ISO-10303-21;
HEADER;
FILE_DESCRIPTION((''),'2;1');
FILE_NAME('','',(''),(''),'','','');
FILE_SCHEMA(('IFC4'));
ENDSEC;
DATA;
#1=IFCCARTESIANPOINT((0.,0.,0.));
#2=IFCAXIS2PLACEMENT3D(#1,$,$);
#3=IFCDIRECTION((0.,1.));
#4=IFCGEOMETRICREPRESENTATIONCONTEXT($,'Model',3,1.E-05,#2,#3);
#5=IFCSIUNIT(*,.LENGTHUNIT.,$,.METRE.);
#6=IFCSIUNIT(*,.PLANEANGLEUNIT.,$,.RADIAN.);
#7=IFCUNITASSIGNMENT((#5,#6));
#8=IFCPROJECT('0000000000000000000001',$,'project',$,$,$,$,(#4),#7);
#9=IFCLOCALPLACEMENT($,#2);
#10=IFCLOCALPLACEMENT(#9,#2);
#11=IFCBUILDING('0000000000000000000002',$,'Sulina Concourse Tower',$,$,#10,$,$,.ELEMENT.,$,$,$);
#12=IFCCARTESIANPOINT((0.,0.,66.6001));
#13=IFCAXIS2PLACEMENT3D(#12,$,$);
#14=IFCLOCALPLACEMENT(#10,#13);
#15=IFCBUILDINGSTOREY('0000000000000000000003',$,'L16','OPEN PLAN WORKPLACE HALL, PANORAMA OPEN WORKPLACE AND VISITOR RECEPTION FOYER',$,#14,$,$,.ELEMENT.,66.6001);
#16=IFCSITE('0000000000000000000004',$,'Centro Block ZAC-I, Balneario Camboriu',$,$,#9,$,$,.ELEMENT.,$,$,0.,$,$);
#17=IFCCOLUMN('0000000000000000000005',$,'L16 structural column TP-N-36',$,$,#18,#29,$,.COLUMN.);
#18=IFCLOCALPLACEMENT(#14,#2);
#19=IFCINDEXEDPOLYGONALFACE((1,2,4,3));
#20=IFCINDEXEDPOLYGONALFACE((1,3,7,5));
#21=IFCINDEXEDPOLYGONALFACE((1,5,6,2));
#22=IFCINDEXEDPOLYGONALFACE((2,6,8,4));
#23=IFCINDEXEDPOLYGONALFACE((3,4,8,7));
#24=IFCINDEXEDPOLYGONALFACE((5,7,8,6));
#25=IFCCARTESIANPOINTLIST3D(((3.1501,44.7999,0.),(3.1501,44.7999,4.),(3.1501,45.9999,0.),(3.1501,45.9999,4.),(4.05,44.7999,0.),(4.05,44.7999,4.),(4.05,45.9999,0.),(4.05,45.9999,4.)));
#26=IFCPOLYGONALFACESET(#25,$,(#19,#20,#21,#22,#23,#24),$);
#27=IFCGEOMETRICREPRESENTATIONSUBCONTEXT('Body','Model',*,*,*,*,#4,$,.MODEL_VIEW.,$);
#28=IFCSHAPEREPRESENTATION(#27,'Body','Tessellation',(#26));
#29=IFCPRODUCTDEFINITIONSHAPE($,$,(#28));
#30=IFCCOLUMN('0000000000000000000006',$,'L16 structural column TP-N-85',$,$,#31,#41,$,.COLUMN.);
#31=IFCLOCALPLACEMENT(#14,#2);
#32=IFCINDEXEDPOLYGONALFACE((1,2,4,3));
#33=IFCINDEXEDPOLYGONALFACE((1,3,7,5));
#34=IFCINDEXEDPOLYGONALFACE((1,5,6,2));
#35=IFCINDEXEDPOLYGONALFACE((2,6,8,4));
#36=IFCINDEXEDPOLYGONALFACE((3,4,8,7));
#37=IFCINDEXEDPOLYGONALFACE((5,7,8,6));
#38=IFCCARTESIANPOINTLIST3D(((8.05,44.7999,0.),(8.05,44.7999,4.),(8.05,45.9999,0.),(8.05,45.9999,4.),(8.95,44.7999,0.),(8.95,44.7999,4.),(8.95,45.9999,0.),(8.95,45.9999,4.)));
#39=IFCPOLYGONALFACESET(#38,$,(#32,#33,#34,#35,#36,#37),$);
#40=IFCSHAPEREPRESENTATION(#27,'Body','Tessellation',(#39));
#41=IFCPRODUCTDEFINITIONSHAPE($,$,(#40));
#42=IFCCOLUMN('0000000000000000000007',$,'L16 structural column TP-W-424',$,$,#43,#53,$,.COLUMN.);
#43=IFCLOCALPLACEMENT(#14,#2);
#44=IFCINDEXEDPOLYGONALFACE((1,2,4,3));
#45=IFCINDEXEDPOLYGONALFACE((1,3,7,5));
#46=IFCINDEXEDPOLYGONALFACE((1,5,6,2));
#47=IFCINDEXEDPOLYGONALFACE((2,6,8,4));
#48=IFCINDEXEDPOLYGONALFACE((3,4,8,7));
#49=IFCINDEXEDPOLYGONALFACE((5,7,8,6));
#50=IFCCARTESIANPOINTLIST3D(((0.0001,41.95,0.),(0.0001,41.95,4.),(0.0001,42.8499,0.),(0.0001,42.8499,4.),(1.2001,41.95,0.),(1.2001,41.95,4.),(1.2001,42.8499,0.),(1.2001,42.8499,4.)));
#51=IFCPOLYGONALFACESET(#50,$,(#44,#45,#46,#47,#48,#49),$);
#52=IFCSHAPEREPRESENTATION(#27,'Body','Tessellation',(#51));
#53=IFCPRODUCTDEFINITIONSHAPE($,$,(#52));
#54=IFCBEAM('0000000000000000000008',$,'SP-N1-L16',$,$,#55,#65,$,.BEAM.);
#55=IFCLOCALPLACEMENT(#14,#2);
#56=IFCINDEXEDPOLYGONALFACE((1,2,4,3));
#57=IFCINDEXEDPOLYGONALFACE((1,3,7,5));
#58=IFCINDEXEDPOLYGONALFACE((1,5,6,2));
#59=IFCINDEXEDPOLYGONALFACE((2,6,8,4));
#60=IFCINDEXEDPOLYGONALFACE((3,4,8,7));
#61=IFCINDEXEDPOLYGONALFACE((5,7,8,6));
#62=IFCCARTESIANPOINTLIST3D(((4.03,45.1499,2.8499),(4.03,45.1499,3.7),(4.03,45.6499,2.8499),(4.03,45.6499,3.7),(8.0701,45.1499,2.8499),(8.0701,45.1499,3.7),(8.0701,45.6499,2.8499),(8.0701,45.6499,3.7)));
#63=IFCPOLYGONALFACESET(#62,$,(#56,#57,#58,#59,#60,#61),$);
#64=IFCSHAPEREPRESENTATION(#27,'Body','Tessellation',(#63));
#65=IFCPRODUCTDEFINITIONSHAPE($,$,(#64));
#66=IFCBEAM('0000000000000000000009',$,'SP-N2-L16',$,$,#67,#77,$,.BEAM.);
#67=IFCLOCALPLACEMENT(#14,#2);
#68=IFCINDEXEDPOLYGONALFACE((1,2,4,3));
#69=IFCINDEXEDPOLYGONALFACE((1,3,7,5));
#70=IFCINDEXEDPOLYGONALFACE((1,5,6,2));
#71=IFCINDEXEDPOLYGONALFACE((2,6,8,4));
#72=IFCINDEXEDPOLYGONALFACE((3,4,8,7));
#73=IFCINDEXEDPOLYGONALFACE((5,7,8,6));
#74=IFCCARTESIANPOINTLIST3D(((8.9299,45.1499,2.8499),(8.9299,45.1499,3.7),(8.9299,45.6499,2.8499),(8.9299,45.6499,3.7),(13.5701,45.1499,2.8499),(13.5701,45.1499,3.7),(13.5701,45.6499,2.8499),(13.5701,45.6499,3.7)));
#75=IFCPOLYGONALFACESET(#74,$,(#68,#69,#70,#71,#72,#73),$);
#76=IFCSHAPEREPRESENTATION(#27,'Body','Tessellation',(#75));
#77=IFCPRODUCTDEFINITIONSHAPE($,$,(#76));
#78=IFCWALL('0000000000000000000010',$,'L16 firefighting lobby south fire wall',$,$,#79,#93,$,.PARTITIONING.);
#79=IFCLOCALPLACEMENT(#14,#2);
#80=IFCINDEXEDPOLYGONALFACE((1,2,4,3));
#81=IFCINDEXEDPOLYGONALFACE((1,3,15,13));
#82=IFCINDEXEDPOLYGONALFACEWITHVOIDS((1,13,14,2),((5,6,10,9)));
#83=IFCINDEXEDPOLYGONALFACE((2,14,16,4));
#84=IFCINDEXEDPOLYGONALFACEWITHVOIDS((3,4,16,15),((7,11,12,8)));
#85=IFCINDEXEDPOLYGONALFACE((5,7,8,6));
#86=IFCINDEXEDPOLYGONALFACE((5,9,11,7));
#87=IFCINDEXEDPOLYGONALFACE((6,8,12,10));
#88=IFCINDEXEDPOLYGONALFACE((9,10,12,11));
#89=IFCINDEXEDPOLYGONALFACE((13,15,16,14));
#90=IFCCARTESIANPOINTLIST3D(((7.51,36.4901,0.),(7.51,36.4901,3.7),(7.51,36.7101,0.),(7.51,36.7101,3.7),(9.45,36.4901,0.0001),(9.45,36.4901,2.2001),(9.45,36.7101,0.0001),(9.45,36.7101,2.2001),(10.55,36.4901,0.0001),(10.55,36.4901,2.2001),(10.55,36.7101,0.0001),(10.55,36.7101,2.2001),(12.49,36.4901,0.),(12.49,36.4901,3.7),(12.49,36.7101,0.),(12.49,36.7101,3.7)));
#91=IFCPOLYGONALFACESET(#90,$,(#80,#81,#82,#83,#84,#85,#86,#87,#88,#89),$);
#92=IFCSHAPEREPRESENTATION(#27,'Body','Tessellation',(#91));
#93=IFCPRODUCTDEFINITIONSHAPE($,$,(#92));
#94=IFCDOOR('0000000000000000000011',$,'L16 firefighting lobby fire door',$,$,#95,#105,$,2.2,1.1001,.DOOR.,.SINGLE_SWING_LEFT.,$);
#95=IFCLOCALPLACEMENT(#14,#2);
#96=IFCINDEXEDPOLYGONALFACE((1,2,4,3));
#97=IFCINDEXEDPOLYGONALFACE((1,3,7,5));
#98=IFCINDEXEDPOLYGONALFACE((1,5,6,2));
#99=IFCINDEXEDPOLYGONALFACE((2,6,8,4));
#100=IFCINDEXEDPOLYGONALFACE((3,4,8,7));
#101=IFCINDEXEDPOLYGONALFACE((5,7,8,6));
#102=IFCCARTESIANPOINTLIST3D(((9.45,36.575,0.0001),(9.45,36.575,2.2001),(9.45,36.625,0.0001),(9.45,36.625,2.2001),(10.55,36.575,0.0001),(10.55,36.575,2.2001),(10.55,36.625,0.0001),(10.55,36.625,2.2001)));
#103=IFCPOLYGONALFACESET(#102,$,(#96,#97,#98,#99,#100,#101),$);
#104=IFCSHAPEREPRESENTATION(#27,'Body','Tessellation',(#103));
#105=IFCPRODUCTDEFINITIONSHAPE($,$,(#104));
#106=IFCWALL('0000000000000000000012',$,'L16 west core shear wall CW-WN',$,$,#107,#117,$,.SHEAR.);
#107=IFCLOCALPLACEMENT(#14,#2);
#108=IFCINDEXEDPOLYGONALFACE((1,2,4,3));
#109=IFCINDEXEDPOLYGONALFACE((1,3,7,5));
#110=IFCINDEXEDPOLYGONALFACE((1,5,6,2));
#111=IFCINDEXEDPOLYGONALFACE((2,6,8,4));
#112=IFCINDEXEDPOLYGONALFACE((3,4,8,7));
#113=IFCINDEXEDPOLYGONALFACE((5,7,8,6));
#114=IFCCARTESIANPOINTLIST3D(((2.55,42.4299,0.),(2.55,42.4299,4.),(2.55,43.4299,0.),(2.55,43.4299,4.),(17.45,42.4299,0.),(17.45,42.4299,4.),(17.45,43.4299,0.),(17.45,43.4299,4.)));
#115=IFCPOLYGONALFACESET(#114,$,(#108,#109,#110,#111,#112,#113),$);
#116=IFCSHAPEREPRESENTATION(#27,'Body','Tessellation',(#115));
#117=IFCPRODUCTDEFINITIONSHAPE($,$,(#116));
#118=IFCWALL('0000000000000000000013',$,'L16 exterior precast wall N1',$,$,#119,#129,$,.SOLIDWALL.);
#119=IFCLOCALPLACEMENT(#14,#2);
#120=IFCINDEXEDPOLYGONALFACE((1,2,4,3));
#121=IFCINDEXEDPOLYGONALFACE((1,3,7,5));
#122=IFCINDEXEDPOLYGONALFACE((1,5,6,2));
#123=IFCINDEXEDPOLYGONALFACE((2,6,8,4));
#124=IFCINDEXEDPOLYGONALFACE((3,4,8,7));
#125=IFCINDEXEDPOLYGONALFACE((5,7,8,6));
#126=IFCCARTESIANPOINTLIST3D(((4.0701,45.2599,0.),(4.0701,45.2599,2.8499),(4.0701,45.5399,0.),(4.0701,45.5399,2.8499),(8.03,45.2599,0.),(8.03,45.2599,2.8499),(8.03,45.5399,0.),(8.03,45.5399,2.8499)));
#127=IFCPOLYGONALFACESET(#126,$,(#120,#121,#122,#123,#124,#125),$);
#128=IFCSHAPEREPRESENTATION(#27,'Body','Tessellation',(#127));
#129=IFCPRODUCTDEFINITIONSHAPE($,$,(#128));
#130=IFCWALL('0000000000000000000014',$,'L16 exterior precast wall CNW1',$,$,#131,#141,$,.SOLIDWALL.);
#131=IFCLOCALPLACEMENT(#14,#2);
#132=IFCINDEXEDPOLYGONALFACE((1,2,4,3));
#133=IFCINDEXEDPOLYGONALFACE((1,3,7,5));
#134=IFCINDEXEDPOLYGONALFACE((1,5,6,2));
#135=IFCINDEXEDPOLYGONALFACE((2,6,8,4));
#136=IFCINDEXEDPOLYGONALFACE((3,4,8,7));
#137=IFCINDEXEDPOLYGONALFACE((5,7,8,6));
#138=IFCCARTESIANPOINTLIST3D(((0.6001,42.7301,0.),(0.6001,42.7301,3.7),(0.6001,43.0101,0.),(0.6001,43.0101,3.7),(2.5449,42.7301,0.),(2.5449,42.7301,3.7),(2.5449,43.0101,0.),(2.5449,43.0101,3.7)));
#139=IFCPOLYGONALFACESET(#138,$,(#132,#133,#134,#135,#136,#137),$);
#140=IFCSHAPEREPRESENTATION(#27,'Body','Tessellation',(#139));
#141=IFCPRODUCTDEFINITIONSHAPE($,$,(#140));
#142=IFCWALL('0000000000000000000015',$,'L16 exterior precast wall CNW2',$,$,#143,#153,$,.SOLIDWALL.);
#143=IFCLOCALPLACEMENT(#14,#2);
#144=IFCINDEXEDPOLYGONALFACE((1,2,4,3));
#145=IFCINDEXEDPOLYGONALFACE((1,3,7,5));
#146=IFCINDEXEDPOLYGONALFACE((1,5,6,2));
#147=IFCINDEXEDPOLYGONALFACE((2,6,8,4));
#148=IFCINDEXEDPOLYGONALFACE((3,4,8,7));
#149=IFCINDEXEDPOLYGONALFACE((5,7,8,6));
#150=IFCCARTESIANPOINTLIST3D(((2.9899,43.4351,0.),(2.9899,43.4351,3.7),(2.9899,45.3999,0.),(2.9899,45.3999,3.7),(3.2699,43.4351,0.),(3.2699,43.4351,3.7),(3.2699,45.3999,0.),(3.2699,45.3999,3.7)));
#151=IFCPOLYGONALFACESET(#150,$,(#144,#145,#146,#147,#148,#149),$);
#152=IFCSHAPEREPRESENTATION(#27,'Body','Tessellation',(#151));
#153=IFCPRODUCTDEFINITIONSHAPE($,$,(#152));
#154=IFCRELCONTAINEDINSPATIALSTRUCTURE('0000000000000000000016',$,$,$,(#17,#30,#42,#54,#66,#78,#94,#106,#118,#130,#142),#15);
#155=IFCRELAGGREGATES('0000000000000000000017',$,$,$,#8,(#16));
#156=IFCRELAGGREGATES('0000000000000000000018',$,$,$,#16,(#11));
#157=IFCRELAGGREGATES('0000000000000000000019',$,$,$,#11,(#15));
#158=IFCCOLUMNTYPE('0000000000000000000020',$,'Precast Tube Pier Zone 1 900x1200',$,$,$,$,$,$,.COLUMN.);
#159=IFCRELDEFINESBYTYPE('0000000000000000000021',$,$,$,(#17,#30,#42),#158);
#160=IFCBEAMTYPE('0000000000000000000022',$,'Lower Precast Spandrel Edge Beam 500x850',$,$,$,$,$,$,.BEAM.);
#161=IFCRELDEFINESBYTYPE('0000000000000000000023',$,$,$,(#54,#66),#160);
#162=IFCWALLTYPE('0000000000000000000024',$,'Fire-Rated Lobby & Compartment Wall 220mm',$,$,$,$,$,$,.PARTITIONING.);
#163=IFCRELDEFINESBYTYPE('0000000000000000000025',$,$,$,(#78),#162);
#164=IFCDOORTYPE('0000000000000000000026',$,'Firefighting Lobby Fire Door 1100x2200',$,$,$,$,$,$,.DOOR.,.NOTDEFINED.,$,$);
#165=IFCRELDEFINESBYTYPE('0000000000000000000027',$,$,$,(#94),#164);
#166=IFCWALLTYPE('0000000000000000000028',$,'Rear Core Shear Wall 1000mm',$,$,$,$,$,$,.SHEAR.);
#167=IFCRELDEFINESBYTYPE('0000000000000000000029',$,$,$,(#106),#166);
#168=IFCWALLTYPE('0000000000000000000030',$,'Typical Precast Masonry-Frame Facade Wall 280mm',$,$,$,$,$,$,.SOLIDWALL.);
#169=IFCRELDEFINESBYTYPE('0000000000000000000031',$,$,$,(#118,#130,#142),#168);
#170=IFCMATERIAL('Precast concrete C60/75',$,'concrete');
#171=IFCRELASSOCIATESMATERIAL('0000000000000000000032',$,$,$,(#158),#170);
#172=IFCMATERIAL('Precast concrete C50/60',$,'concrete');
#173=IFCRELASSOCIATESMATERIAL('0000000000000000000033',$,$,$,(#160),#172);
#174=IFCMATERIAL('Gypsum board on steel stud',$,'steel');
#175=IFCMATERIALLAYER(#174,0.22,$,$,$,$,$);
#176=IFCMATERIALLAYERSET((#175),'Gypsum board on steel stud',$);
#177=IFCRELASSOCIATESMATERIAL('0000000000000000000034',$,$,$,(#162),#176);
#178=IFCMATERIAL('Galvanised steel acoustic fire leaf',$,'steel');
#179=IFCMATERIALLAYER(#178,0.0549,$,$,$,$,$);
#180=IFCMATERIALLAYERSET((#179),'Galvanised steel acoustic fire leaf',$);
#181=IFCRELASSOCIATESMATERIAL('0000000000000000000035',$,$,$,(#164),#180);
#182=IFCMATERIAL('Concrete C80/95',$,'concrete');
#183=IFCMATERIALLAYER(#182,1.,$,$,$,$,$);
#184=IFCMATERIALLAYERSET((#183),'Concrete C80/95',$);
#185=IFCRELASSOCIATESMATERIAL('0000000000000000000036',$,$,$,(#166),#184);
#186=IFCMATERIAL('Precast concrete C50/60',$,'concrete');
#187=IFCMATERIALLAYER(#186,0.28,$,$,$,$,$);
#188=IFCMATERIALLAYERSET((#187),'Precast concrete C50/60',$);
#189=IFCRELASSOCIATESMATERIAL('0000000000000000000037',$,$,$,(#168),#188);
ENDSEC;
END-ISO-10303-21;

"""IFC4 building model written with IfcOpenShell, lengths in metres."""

from ifc_helpers import new_model, si_unit, direction, frame, frame_2d, origin, origin_2d, place, context, subcontext, project, spatial, rectangle, extrude, material, layer, layer_set, material_profile, profile_set, type_object, element, fill, save


model = new_model("IFC4")

# Units and contexts
model_context = context("Model", 3, precision=1e-05, world=origin(), true_north=direction((0.0, 1.0)))
body_context = subcontext(model_context, "Body", "Model", "MODEL_VIEW")
ifc_project = project(units=[si_unit("LENGTHUNIT", "METRE"), si_unit("PLANEANGLEUNIT", "RADIAN")], contexts=[model_context])

# Site, building, storey
site_placement = place(None, origin())
site = spatial("IfcSite", under=ifc_project, at=site_placement, Name="Centro Block ZAC-I, Balneario Camboriu", CompositionType="ELEMENT", RefElevation=0.0)
building_placement = place(site_placement, origin())
building = spatial("IfcBuilding", under=site, at=building_placement, Name="Sulina Concourse Tower", CompositionType="ELEMENT")
storey_placement = place(building_placement, frame((0.0, 0.0, 66.6001)))
storey = spatial("IfcBuildingStorey", under=building, at=storey_placement, Name="L16", Description="OPEN PLAN WORKPLACE HALL, PANORAMA OPEN WORKPLACE AND VISITOR RECEPTION FOYER", CompositionType="ELEMENT", Elevation=66.6001)

# Columns
ifc_material_1 = material(Name="Precast concrete C60/75", Category="concrete")
ifc_material_profile_1 = material_profile(ifc_material_1, rectangle(XDim=0.8999, YDim=1.2, at=origin_2d()), Name="PC 900x1200")
ifc_profile_set_1 = profile_set([ifc_material_profile_1], Name="Precast concrete C60/75")
column_type = type_object("IfcColumnType", Name="Precast Tube Pier Zone 1 900x1200", PredefinedType="COLUMN", material=ifc_profile_set_1)
for number, where, z_axis, x_axis, name in (
    (1, (3.6001, 45.3999, 0.0), (0.0, 0.0, 1.0), (1.0, 0.0, 0.0), "L16 structural column TP-N-36"),
    (2, (8.5, 45.3999, 0.0), (0.0, 0.0, 1.0), (1.0, 0.0, 0.0), "L16 structural column TP-N-85"),
    (3, (0.6001, 42.3999, 0.0), (0.0, 0.0, 1.0), (0.0, 1.0, 0.0), "L16 structural column TP-W-424"),
):
    element("IfcColumn", number, at=place(storey_placement, frame(where, z_axis=z_axis, x_axis=x_axis)), inside=storey, type_object=column_type, Name=name, PredefinedType="COLUMN", context=body_context, shape_type="SweptSolid", body=[
        extrude(rectangle(XDim=0.8999, YDim=1.2, at=origin_2d()), origin(), (0.0, 0.0, 1.0), 4.0),
    ])

# Beams
ifc_material_2 = material(Name="Precast concrete C50/60", Category="concrete")
ifc_material_profile_2 = material_profile(ifc_material_2, rectangle(XDim=0.5, YDim=0.8501, at=origin_2d()), Name="RC 500x850")
ifc_profile_set_2 = profile_set([ifc_material_profile_2], Name="Precast concrete C50/60")
beam_type = type_object("IfcBeamType", Name="Lower Precast Spandrel Edge Beam 500x850", PredefinedType="BEAM", material=ifc_profile_set_2)
beam_1_placement = place(storey_placement, frame((4.03, 45.3999, 3.2749), z_axis=(1.0, 0.0, 0.0), x_axis=(0.0, 1.0, 0.0)))
element("IfcBeam", 4, at=beam_1_placement, inside=storey, type_object=beam_type, Name="SP-N1-L16", PredefinedType="BEAM", context=body_context, shape_type="SweptSolid", body=[
    extrude(rectangle(XDim=0.5, YDim=0.8501, at=origin_2d()), origin(), (0.0, 0.0, 1.0), 4.04),
])
beam_2_placement = place(storey_placement, frame((8.9299, 45.3999, 3.2749), z_axis=(1.0, 0.0, 0.0), x_axis=(0.0, 1.0, 0.0)))
element("IfcBeam", 5, at=beam_2_placement, inside=storey, type_object=beam_type, Name="SP-N2-L16", PredefinedType="BEAM", context=body_context, shape_type="SweptSolid", body=[
    extrude(rectangle(XDim=0.5, YDim=0.8501, at=origin_2d()), origin(), (0.0, 0.0, 1.0), 4.6401),
])

# Wall, opening, door
ifc_material_3 = material(Name="Gypsum board on steel stud", Category="steel")
ifc_layer_1 = layer(ifc_material_3, 0.22)
ifc_layer_set_1 = layer_set([ifc_layer_1], Name="Gypsum board on steel stud")
wall_type_1 = type_object("IfcWallType", Name="Fire-Rated Lobby & Compartment Wall 220mm", PredefinedType="PARTITIONING", material=ifc_layer_set_1)
wall_1_placement = place(storey_placement, frame((7.51, 36.6001, 0.0), z_axis=(0.0, 0.0, 1.0), x_axis=(1.0, 0.0, 0.0)))
wall_1 = element("IfcWall", 6, at=wall_1_placement, inside=storey, type_object=wall_type_1, Name="L16 firefighting lobby south fire wall", PredefinedType="PARTITIONING", context=body_context, shape_type="SweptSolid", body=[
    extrude(rectangle(XDim=4.98, YDim=0.22, at=frame_2d((2.49, 0.0))), origin(), (0.0, 0.0, 1.0), 3.7),
])
opening_placement = place(wall_1_placement, frame((1.9399, 0.0, 0.0)))
opening = element("IfcOpeningElement", 7, at=opening_placement, cuts=wall_1, PredefinedType="OPENING", context=body_context, shape_type="SweptSolid", body=[
    extrude(rectangle(XDim=1.1001, YDim=2.2, at=frame_2d((0.55, 1.1001))), frame((0.0, 0.1199, 0.0), z_axis=(0.0, -1.0, 0.0), x_axis=(1.0, 0.0, 0.0)), (0.0, 0.0, 1.0), 0.24),
])
ifc_material_4 = material(Name="Galvanised steel acoustic fire leaf", Category="steel")
ifc_layer_2 = layer(ifc_material_4, 0.0549)
ifc_layer_set_2 = layer_set([ifc_layer_2], Name="Galvanised steel acoustic fire leaf")
door_type = type_object("IfcDoorType", Name="Firefighting Lobby Fire Door 1100x2200", OperationType="NOTDEFINED", PredefinedType="DOOR", material=ifc_layer_set_2)
door_placement = place(opening_placement, origin())
door = element("IfcDoor", 8, at=door_placement, inside=storey, type_object=door_type, Name="L16 firefighting lobby fire door", OperationType="SINGLE_SWING_LEFT", OverallHeight=2.2, OverallWidth=1.1001, PredefinedType="DOOR", context=body_context, shape_type="SweptSolid", body=[
    extrude(rectangle(XDim=1.1001, YDim=2.2, at=frame_2d((0.55, 1.1001))), frame((0.0, 0.0249, 0.0), z_axis=(0.0, -1.0, 0.0), x_axis=(1.0, 0.0, 0.0)), (0.0, 0.0, 1.0), 0.05),
])
fill(opening, door)

# Walls
ifc_material_5 = material(Name="Concrete C80/95", Category="concrete")
ifc_layer_3 = layer(ifc_material_5, 1.0)
ifc_layer_set_3 = layer_set([ifc_layer_3], Name="Concrete C80/95")
wall_type_2 = type_object("IfcWallType", Name="Rear Core Shear Wall 1000mm", PredefinedType="SHEAR", material=ifc_layer_set_3)
wall_2_placement = place(storey_placement, frame((2.55, 42.9299, 0.0), z_axis=(0.0, 0.0, 1.0), x_axis=(1.0, 0.0, 0.0)))
element("IfcWall", 9, at=wall_2_placement, inside=storey, type_object=wall_type_2, Name="L16 west core shear wall CW-WN", PredefinedType="SHEAR", context=body_context, shape_type="SweptSolid", body=[
    extrude(rectangle(XDim=14.8999, YDim=1.0, at=frame_2d((7.45, 0.0))), origin(), (0.0, 0.0, 1.0), 4.0),
])
ifc_material_6 = material(Name="Precast concrete C50/60", Category="concrete")
ifc_layer_4 = layer(ifc_material_6, 0.28)
ifc_layer_set_4 = layer_set([ifc_layer_4], Name="Precast concrete C50/60")
wall_type_3 = type_object("IfcWallType", Name="Typical Precast Masonry-Frame Facade Wall 280mm", PredefinedType="SOLIDWALL", material=ifc_layer_set_4)
wall_3_placement = place(storey_placement, frame((4.0701, 45.3999, 0.0), z_axis=(0.0, 0.0, 1.0), x_axis=(1.0, 0.0, 0.0)))
element("IfcWall", 10, at=wall_3_placement, inside=storey, type_object=wall_type_3, Name="L16 exterior precast wall N1", PredefinedType="SOLIDWALL", context=body_context, shape_type="SweptSolid", body=[
    extrude(rectangle(XDim=3.96, YDim=0.28, at=frame_2d((1.98, 0.0))), origin(), (0.0, 0.0, 1.0), 2.8499),
])
wall_4_placement = place(storey_placement, frame((0.6001, 42.8701, 0.0), z_axis=(0.0, 0.0, 1.0), x_axis=(1.0, 0.0, 0.0)))
element("IfcWall", 11, at=wall_4_placement, inside=storey, type_object=wall_type_3, Name="L16 exterior precast wall CNW1", PredefinedType="SOLIDWALL", context=body_context, shape_type="SweptSolid", body=[
    extrude(rectangle(XDim=1.9448, YDim=0.28, at=frame_2d((0.9724, 0.0))), origin(), (0.0, 0.0, 1.0), 3.7),
])
wall_5_placement = place(storey_placement, frame((3.1299, 43.4351, 0.0), z_axis=(0.0, 0.0, 1.0), x_axis=(0.0, 1.0, 0.0)))
element("IfcWall", 12, at=wall_5_placement, inside=storey, type_object=wall_type_3, Name="L16 exterior precast wall CNW2", PredefinedType="SOLIDWALL", context=body_context, shape_type="SweptSolid", body=[
    extrude(rectangle(XDim=1.9648, YDim=0.28, at=frame_2d((0.9824, 0.0))), origin(), (0.0, 0.0, 1.0), 3.7),
])

save(model, "model.ifc")
